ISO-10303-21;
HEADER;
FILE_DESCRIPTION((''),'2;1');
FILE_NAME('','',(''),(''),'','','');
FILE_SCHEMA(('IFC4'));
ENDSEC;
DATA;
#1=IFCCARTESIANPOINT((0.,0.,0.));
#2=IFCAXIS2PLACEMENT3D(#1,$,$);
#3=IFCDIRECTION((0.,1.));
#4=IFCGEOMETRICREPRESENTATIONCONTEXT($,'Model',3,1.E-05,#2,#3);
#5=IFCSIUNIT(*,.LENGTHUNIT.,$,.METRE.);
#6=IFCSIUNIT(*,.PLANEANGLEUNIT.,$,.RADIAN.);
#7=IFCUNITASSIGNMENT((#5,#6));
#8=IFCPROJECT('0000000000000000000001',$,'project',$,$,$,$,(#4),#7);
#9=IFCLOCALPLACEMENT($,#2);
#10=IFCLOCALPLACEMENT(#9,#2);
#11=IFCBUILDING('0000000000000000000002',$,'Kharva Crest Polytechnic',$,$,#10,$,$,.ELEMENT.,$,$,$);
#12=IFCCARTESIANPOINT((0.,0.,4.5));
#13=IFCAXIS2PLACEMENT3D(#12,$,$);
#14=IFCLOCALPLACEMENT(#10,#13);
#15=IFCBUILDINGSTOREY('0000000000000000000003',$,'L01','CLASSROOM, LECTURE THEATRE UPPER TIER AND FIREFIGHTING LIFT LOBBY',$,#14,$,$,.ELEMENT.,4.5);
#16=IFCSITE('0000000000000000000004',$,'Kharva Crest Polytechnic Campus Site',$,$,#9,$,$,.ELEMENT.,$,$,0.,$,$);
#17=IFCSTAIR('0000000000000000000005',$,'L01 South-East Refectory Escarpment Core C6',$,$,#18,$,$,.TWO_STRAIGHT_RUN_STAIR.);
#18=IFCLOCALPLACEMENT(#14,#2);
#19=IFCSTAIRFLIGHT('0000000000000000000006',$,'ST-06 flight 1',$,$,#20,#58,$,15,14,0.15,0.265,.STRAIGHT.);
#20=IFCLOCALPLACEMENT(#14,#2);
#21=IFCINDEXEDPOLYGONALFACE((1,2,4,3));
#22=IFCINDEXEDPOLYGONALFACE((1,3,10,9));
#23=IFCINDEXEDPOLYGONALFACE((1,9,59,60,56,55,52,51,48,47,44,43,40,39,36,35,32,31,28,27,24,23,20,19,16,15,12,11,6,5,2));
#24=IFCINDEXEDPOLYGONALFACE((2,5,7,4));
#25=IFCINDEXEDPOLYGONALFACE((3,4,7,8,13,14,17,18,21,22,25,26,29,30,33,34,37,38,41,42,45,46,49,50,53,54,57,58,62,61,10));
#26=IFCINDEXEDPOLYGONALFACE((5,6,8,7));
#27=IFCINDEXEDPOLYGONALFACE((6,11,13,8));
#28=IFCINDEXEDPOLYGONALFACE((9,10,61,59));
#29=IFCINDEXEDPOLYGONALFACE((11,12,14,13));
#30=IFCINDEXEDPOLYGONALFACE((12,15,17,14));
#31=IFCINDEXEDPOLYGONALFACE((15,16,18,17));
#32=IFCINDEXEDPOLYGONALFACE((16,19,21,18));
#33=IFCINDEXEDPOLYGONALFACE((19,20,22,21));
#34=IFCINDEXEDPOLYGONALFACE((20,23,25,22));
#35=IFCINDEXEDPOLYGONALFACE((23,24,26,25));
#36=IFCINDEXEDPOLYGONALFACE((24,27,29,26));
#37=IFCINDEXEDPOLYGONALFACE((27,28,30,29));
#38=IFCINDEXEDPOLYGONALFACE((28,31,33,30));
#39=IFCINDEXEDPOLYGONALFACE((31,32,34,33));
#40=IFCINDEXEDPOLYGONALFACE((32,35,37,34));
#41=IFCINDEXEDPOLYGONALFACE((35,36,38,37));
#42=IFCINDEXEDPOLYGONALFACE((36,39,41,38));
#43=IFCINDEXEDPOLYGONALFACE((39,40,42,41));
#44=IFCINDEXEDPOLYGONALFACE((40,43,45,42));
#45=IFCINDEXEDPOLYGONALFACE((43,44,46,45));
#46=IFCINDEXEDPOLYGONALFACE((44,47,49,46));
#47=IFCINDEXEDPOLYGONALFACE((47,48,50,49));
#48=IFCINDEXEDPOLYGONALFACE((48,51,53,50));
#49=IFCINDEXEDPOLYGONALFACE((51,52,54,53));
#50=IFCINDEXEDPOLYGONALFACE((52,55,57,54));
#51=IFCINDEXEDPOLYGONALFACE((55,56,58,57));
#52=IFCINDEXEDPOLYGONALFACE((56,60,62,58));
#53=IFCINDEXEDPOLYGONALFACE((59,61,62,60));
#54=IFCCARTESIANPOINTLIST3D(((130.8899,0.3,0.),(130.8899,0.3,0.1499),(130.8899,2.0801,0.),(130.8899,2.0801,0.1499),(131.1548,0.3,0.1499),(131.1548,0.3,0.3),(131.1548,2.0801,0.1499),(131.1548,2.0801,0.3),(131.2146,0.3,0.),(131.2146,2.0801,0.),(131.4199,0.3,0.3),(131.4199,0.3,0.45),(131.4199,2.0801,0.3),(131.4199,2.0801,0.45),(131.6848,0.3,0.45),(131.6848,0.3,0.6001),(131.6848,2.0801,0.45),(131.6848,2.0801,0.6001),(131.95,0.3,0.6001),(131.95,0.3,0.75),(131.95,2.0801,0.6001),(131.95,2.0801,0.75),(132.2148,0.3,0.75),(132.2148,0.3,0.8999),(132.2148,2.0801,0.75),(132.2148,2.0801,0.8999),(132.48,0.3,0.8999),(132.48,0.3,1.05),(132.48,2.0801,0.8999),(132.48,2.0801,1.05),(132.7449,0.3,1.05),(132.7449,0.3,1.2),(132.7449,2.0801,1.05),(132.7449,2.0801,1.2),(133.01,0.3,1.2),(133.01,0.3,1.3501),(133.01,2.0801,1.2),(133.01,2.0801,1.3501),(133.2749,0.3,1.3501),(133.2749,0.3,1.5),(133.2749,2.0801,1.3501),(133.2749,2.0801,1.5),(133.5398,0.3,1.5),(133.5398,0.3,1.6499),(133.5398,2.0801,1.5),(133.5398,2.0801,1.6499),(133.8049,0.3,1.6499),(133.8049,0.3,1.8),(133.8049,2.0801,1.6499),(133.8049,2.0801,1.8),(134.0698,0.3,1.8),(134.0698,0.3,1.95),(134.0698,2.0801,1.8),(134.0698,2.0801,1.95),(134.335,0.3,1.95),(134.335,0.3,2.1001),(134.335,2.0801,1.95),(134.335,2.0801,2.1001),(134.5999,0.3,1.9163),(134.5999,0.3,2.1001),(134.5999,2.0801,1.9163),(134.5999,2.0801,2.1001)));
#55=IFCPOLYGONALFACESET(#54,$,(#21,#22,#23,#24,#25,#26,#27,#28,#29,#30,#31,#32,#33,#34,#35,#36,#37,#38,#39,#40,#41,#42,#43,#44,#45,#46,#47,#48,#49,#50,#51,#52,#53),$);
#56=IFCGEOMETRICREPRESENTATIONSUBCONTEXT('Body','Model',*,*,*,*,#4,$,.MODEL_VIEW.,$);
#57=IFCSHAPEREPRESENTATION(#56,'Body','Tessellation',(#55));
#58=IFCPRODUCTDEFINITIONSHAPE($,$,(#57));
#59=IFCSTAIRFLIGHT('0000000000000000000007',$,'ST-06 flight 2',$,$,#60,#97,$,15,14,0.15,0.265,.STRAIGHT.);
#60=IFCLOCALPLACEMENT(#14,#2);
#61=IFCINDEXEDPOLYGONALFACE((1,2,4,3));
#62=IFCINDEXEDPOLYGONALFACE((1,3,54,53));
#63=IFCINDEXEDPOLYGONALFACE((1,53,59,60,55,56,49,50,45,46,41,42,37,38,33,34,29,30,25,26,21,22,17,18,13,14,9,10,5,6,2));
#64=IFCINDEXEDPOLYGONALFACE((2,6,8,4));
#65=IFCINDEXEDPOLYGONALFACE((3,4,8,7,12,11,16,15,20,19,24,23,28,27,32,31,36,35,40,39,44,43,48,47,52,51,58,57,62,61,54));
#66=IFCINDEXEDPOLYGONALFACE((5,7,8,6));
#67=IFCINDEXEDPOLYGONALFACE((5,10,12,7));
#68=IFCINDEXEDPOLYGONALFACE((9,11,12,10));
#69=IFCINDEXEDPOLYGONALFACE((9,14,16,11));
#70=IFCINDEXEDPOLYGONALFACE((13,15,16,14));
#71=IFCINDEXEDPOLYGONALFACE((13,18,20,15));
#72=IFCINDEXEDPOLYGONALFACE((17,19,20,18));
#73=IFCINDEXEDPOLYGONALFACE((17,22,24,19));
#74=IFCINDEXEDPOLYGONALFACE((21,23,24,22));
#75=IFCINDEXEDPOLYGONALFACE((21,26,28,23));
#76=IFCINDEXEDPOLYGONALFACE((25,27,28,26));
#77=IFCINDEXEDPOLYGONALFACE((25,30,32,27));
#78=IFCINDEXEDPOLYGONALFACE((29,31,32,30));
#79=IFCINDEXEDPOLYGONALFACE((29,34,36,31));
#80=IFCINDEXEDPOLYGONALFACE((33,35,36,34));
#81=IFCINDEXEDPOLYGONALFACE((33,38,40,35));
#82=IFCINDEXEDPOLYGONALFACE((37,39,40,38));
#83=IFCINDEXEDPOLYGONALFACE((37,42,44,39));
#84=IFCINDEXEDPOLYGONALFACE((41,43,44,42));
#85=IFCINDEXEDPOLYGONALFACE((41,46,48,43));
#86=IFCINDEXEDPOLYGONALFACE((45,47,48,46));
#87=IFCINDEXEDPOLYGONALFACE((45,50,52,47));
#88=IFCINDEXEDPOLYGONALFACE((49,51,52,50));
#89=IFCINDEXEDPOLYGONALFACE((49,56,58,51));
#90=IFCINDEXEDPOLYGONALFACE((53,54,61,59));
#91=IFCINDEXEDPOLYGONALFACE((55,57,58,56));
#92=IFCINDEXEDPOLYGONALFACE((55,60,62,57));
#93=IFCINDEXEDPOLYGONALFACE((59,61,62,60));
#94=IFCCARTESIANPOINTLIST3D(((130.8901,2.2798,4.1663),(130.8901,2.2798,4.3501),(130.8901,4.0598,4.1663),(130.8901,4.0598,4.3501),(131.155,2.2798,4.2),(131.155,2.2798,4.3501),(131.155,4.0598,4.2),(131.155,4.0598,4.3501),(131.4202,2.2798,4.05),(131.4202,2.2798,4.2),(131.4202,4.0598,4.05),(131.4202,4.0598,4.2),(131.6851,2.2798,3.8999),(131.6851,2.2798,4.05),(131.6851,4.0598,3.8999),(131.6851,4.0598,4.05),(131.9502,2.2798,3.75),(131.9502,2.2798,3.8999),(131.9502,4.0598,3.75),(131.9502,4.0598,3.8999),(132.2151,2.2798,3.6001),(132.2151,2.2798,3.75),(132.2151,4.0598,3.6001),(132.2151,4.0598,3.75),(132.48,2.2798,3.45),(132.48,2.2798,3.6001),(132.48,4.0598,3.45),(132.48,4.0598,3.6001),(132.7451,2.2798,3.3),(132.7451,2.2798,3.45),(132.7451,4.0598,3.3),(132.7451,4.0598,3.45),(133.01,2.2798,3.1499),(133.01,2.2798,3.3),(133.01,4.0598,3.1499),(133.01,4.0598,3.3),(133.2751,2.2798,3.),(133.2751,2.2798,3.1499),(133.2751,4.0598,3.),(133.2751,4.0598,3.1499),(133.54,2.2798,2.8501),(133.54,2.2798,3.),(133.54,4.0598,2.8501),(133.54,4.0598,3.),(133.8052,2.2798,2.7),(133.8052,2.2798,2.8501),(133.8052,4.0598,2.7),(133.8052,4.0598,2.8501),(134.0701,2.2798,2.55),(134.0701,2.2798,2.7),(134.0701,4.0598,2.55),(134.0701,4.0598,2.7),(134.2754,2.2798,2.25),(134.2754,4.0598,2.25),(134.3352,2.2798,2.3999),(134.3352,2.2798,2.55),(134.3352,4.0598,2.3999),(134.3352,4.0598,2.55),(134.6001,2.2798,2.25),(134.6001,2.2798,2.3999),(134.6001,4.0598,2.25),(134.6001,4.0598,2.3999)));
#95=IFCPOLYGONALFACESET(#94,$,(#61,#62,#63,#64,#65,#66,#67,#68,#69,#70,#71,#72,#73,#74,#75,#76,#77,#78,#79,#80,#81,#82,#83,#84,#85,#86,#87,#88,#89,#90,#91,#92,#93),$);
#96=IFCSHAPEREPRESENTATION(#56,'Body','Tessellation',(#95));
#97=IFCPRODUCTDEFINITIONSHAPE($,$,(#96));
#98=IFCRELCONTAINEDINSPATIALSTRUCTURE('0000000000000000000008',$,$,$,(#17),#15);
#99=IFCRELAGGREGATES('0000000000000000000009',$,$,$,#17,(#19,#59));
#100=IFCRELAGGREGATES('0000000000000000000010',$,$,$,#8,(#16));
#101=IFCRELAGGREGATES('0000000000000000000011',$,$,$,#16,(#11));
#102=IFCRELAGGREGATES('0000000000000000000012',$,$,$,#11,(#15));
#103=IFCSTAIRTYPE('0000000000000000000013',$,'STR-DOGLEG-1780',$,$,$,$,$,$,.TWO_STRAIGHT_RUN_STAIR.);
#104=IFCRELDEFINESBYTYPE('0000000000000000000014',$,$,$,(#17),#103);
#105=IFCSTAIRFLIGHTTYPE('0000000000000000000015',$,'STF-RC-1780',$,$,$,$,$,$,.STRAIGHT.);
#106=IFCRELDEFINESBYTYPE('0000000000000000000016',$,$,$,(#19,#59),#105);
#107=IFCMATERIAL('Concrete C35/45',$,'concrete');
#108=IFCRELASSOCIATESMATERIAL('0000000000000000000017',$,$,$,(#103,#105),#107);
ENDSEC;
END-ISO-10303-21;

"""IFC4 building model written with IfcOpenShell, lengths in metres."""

from ifc_helpers import new_model, si_unit, direction, frame, origin, place, context, subcontext, project, spatial, polyline, outline, extrude, material, type_object, element, aggregate, save


model = new_model("IFC4")

# Units and contexts
model_context = context("Model", 3, precision=1e-05, world=origin(), true_north=direction((0.0, 1.0)))
body_context = subcontext(model_context, "Body", "Model", "MODEL_VIEW")
ifc_project = project(units=[si_unit("LENGTHUNIT", "METRE"), si_unit("PLANEANGLEUNIT", "RADIAN")], contexts=[model_context])

# Site, building, storey
site_placement = place(None, origin())
site = spatial("IfcSite", under=ifc_project, at=site_placement, Name="Kharva Crest Polytechnic Campus Site", CompositionType="ELEMENT", RefElevation=0.0)
building_placement = place(site_placement, origin())
building = spatial("IfcBuilding", under=site, at=building_placement, Name="Kharva Crest Polytechnic", CompositionType="ELEMENT")
storey_placement = place(building_placement, frame((0.0, 0.0, 4.5)))
storey = spatial("IfcBuildingStorey", under=building, at=storey_placement, Name="L01", Description="CLASSROOM, LECTURE THEATRE UPPER TIER AND FIREFIGHTING LIFT LOBBY", CompositionType="ELEMENT", Elevation=4.5)

# Shared definitions
ifc_material_1 = material(Name="Concrete C35/45", Category="concrete")

# Stair, stair flights
stair_type = type_object("IfcStairType", Name="STR-DOGLEG-1780", PredefinedType="TWO_STRAIGHT_RUN_STAIR", material=ifc_material_1)
stair_placement = place(storey_placement, origin())
stair = element("IfcStair", 1, at=stair_placement, inside=storey, type_object=stair_type, Name="L01 South-East Refectory Escarpment Core C6", PredefinedType="TWO_STRAIGHT_RUN_STAIR")
stair_flight_type = type_object("IfcStairFlightType", Name="STF-RC-1780", PredefinedType="STRAIGHT", material=ifc_material_1)
stair_flight_1_placement = place(storey_placement, frame((130.8899, 1.1899, 0.0), z_axis=(0.0, 0.0, 1.0), x_axis=(1.0, 0.0, 0.0)))
stair_flight_1 = element("IfcStairFlight", 2, at=stair_flight_1_placement, type_object=stair_flight_type, Name="ST-06 flight 1", NumberOfRisers=15, NumberOfTreads=14, PredefinedType="STRAIGHT", RiserHeight=0.15, TreadLength=0.265, context=body_context, shape_type="SweptSolid", body=[
    extrude(outline(polyline([(0.0, 0.0), (0.0, 0.1499), (0.2649, 0.1499), (0.2649, 0.3), (0.53, 0.3), (0.53, 0.45), (0.7949, 0.45), (0.7949, 0.6001), (1.0601, 0.6001), (1.0601, 0.75), (1.325, 0.75), (1.325, 0.8999), (1.5901, 0.8999), (1.5901, 1.05), (1.855, 1.05), (1.855, 1.2), (2.1201, 1.2), (2.1201, 1.3501), (2.385, 1.3501), (2.385, 1.5), (2.6499, 1.5), (2.6499, 1.6499), (2.915, 1.6499), (2.915, 1.8), (3.1799, 1.8), (3.1799, 1.95), (3.4451, 1.95), (3.4451, 2.1001), (3.71, 2.1001), (3.71, 2.25), (3.71, 1.9163), (0.3247, 0.0), (0.0, 0.0)])), frame((0.0, 0.8901, 0.0), z_axis=(0.0, -1.0, 0.0), x_axis=(1.0, 0.0, 0.0)), (0.0, 0.0, 1.0), 1.78),
])
stair_flight_2_placement = place(storey_placement, frame((134.6001, 3.1699, 2.25), z_axis=(0.0, 0.0, 1.0), x_axis=(-1.0, 0.0, 0.0)))
stair_flight_2 = element("IfcStairFlight", 3, at=stair_flight_2_placement, type_object=stair_flight_type, Name="ST-06 flight 2", NumberOfRisers=15, NumberOfTreads=14, PredefinedType="STRAIGHT", RiserHeight=0.15, TreadLength=0.265, context=body_context, shape_type="SweptSolid", body=[
    extrude(outline(polyline([(0.0, 0.0), (0.0, 0.1499), (0.2649, 0.1499), (0.2649, 0.3), (0.53, 0.3), (0.53, 0.45), (0.7949, 0.45), (0.7949, 0.6001), (1.0601, 0.6001), (1.0601, 0.75), (1.325, 0.75), (1.325, 0.8999), (1.5901, 0.8999), (1.5901, 1.05), (1.855, 1.05), (1.855, 1.2), (2.1201, 1.2), (2.1201, 1.3501), (2.385, 1.3501), (2.385, 1.5), (2.6499, 1.5), (2.6499, 1.6499), (2.915, 1.6499), (2.915, 1.8), (3.1799, 1.8), (3.1799, 1.95), (3.4451, 1.95), (3.4451, 2.1001), (3.71, 2.1001), (3.71, 2.25), (3.71, 1.9163), (0.3247, 0.0), (0.0, 0.0)])), frame((0.0, 0.8901, 0.0), z_axis=(0.0, -1.0, 0.0), x_axis=(1.0, 0.0, 0.0)), (0.0, 0.0, 1.0), 1.78),
])
aggregate(stair, [stair_flight_1, stair_flight_2])

save(model, "model.ifc")
